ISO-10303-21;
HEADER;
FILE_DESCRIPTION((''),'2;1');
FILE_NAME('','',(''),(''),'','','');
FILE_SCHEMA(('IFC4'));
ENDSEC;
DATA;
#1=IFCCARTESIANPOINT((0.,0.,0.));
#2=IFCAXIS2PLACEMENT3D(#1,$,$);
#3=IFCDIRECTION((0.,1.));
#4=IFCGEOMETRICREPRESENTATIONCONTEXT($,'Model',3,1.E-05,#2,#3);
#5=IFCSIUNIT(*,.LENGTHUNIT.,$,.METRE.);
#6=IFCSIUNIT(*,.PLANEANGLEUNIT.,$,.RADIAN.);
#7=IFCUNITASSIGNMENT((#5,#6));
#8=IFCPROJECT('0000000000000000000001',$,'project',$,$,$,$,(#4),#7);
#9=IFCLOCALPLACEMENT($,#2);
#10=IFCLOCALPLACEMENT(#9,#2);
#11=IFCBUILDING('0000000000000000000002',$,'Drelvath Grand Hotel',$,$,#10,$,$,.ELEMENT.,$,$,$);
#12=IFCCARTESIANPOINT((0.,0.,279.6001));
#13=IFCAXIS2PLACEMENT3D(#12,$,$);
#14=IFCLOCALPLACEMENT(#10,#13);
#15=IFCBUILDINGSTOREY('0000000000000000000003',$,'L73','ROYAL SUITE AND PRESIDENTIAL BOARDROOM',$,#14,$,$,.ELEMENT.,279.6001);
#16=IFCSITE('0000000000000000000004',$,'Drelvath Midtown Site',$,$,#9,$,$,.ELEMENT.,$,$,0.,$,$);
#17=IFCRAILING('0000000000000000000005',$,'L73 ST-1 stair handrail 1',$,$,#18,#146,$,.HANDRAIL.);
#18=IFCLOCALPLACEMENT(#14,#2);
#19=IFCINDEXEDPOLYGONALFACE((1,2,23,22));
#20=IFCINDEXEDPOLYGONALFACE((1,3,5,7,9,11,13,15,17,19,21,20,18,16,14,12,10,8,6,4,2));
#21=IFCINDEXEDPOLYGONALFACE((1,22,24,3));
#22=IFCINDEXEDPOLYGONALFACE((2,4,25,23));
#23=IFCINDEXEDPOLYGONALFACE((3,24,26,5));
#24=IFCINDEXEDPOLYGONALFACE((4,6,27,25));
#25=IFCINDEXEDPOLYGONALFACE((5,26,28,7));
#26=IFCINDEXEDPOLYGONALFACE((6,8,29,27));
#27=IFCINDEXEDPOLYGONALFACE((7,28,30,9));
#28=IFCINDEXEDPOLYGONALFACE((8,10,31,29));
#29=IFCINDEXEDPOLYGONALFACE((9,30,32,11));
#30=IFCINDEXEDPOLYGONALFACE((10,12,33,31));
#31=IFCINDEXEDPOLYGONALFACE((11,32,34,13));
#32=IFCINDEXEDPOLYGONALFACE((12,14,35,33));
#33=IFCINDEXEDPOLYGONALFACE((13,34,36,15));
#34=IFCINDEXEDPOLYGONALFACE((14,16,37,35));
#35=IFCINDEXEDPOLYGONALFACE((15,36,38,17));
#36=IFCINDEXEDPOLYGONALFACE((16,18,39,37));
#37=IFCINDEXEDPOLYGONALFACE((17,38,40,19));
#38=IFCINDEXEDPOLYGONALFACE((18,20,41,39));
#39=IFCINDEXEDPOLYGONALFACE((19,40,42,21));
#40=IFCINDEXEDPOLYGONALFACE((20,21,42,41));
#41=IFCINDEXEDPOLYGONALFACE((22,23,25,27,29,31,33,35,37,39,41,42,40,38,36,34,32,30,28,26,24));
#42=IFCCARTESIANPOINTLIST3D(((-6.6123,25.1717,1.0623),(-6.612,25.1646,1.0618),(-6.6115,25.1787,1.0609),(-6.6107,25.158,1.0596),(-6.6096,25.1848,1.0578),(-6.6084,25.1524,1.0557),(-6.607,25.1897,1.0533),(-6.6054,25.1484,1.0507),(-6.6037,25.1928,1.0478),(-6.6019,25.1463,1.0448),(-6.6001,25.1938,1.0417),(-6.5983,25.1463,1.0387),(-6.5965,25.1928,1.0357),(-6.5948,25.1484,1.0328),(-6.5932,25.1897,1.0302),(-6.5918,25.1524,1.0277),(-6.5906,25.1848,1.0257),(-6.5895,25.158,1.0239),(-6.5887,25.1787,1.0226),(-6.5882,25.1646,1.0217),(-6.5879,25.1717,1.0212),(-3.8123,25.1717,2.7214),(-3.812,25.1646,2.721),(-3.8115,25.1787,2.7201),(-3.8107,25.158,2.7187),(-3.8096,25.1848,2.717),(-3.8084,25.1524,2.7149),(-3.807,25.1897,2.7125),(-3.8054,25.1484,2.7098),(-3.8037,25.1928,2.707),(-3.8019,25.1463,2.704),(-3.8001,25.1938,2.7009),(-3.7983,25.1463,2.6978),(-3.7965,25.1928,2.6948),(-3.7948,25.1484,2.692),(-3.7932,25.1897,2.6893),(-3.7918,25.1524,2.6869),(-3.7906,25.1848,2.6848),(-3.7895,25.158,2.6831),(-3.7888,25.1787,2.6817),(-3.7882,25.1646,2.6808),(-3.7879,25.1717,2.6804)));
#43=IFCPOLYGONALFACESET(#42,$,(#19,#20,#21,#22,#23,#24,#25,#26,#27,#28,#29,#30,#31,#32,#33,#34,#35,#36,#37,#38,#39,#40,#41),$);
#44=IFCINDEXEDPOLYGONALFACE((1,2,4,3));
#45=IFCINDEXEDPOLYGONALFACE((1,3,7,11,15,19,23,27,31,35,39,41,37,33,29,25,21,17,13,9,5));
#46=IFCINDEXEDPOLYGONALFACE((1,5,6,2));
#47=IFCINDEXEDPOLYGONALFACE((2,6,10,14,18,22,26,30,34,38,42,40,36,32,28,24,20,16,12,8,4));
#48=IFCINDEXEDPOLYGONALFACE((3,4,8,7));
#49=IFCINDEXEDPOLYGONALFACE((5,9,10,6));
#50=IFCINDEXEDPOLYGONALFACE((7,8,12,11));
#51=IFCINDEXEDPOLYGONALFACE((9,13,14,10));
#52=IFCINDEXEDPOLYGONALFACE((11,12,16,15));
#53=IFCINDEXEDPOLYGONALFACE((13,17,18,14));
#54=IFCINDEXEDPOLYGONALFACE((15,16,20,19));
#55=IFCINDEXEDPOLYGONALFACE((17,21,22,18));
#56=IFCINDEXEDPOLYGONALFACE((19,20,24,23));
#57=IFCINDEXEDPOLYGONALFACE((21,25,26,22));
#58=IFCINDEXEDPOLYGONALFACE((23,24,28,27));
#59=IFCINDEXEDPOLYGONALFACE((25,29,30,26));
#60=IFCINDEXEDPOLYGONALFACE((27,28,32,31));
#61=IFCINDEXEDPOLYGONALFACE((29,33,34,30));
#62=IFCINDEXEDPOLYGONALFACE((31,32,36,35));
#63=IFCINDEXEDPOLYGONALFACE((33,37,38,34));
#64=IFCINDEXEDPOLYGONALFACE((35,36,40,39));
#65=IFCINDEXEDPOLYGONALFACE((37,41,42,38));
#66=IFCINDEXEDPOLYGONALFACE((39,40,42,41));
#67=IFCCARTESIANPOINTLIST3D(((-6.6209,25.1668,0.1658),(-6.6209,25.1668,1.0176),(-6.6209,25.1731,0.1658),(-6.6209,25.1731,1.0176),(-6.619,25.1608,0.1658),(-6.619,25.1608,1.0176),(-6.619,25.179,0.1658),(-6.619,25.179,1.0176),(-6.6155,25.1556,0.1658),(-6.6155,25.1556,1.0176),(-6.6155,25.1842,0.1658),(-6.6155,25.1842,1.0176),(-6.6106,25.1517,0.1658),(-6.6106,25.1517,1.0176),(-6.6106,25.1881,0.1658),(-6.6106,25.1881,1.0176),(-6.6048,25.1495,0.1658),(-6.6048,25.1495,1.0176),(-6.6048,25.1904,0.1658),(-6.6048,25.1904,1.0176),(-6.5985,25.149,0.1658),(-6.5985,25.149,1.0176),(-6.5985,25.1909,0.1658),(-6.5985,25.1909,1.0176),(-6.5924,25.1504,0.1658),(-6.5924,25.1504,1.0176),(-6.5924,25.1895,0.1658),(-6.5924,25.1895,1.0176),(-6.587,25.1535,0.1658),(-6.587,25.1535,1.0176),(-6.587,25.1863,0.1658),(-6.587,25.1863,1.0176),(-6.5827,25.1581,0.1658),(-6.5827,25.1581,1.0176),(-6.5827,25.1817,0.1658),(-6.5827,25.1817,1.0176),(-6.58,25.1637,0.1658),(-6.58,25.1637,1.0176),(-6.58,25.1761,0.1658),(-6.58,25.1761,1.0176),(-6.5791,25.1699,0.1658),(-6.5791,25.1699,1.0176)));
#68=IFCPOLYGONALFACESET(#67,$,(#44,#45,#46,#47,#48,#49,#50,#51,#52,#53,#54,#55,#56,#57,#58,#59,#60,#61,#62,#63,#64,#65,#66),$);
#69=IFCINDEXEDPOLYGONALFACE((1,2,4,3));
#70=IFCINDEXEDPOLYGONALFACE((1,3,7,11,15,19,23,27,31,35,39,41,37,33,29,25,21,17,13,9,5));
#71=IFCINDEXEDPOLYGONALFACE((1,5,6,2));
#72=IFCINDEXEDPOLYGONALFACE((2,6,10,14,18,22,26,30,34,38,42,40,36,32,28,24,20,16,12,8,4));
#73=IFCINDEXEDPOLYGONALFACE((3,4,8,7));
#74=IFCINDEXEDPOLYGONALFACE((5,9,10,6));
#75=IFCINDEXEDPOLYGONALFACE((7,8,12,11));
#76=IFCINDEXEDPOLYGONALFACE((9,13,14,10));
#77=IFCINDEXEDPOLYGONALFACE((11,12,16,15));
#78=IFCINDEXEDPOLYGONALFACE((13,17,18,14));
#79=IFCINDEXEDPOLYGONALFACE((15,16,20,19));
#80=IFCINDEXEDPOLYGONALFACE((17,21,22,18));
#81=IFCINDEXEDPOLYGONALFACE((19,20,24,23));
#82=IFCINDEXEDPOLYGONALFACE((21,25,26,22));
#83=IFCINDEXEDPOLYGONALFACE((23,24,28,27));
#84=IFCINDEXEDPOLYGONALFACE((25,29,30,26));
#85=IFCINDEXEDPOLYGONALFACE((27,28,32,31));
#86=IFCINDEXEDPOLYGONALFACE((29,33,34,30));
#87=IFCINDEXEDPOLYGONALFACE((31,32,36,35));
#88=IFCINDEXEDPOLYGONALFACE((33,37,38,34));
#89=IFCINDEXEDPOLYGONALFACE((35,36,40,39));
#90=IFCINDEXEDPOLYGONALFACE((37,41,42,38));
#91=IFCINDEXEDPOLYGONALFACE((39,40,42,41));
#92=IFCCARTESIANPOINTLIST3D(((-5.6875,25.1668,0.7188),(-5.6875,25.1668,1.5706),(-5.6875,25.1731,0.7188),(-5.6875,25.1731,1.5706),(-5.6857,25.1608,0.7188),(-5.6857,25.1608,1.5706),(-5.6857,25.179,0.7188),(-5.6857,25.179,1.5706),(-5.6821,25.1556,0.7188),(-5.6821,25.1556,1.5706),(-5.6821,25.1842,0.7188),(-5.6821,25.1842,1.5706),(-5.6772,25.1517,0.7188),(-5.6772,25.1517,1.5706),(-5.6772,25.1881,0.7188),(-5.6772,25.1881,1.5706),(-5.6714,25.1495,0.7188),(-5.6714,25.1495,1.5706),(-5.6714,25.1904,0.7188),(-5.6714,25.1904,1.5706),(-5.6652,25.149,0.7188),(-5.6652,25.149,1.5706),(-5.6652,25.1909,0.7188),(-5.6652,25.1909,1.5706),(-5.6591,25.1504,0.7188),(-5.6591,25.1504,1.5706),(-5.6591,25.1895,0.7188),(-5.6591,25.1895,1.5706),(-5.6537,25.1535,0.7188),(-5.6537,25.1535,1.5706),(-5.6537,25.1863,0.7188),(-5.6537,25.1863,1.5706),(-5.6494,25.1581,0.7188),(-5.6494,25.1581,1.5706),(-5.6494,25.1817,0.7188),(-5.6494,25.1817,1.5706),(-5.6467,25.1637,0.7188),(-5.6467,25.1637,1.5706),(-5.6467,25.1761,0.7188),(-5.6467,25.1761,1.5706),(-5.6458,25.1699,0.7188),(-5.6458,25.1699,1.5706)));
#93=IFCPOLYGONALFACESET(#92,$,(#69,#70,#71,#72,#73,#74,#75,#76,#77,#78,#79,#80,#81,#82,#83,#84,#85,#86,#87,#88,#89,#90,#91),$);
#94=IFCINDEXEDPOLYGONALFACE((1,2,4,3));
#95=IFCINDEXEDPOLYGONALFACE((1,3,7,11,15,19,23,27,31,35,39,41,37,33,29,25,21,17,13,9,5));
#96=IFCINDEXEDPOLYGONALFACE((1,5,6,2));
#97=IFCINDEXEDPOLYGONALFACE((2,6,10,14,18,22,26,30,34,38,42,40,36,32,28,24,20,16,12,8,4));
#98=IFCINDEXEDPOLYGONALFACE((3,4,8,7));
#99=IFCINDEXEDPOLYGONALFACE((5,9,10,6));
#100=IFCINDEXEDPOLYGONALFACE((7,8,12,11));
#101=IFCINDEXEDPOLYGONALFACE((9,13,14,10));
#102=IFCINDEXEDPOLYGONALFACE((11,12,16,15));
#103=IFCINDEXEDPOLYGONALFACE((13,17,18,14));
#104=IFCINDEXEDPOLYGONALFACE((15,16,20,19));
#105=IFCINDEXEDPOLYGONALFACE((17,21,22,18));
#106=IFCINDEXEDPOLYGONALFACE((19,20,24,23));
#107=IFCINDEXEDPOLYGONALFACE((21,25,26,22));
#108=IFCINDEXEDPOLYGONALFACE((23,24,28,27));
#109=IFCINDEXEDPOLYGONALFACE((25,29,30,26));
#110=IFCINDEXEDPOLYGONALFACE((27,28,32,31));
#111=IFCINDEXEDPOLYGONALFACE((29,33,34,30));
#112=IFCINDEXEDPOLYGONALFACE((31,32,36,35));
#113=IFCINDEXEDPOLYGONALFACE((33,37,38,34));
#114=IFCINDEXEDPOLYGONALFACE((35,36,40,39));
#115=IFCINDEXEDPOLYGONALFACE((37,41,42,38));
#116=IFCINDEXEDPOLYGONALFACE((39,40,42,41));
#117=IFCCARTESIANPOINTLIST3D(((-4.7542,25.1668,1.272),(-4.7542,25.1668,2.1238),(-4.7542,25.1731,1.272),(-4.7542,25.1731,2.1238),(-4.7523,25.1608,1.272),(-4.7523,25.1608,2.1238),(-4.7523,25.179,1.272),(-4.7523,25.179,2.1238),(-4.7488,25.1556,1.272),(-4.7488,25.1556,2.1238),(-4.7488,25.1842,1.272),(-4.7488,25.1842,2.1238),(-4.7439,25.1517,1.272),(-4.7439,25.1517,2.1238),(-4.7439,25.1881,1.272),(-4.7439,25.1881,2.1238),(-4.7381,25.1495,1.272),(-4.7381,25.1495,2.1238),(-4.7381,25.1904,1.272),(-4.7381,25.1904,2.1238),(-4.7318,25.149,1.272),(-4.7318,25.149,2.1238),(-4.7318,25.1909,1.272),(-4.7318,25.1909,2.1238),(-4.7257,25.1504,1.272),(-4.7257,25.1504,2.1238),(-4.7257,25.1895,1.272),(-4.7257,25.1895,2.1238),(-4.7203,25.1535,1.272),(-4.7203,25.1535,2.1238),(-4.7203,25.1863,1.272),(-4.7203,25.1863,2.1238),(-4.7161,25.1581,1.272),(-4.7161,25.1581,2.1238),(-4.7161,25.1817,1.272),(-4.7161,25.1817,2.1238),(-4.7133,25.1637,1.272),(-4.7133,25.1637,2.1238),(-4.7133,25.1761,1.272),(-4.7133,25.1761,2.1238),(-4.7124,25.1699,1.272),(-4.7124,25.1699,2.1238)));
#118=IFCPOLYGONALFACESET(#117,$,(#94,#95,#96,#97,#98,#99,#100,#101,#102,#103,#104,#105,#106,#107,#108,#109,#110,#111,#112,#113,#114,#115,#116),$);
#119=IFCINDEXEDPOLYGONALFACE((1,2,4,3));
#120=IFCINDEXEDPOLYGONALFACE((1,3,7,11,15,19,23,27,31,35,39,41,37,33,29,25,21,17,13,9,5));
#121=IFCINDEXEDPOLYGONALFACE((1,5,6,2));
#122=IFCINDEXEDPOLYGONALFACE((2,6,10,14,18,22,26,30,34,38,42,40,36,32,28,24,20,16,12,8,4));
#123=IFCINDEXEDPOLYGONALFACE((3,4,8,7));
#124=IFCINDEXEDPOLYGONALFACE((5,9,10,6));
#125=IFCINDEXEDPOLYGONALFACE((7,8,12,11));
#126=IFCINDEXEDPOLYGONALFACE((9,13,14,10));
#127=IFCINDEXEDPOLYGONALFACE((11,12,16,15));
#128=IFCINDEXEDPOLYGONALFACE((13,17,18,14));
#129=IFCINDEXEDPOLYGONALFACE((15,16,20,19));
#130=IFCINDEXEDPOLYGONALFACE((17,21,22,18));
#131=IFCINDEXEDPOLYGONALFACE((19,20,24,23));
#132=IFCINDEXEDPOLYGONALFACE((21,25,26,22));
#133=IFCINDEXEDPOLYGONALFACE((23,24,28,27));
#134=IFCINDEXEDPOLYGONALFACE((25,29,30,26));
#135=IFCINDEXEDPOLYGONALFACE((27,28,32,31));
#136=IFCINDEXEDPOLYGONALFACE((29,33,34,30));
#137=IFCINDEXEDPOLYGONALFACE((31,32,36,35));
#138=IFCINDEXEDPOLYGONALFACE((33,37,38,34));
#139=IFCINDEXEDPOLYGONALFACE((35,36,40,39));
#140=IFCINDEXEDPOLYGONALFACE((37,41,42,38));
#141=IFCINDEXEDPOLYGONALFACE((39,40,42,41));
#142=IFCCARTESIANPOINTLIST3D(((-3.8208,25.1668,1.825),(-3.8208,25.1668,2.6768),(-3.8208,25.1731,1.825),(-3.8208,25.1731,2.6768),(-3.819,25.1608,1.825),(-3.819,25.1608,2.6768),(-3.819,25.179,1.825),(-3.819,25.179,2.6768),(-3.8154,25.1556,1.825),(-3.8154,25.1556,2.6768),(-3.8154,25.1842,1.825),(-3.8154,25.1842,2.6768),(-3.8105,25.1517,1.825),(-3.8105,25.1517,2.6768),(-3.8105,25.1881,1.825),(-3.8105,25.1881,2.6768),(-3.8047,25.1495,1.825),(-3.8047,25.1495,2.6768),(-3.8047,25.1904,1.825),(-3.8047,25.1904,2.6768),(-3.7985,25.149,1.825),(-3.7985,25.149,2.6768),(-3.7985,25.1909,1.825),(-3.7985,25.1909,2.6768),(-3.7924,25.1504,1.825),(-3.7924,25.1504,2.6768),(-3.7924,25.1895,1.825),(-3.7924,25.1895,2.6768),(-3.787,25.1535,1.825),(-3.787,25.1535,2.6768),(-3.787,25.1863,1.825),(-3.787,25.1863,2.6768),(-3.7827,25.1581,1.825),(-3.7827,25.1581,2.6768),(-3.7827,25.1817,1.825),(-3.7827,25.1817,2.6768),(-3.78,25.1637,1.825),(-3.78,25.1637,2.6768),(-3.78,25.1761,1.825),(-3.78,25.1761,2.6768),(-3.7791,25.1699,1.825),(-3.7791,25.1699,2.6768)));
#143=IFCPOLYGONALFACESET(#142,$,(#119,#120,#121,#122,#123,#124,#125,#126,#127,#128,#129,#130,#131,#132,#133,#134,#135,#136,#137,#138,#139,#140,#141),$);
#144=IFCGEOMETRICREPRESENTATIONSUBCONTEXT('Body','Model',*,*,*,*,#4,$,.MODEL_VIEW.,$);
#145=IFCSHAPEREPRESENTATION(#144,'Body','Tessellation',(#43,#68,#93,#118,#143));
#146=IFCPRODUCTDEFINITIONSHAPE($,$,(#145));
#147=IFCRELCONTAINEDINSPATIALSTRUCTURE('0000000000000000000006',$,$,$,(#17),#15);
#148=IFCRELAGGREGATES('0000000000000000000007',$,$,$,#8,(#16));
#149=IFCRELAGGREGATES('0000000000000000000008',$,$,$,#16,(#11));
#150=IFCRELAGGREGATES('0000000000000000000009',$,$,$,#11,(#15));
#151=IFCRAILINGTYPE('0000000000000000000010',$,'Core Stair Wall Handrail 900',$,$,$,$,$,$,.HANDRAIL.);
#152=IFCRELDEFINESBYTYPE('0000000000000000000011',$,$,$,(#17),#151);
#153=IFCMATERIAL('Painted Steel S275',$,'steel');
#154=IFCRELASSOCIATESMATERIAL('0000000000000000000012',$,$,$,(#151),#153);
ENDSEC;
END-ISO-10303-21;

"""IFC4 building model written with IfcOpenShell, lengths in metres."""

from ifc_helpers import new_model, si_unit, direction, frame, origin, origin_2d, place, context, subcontext, project, spatial, circle, extrude, material, type_object, element, save


model = new_model("IFC4")

# Units and contexts
model_context = context("Model", 3, precision=1e-05, world=origin(), true_north=direction((0.0, 1.0)))
body_context = subcontext(model_context, "Body", "Model", "MODEL_VIEW")
ifc_project = project(units=[si_unit("LENGTHUNIT", "METRE"), si_unit("PLANEANGLEUNIT", "RADIAN")], contexts=[model_context])

# Site, building, storey
site_placement = place(None, origin())
site = spatial("IfcSite", under=ifc_project, at=site_placement, Name="Drelvath Midtown Site", CompositionType="ELEMENT", RefElevation=0.0)
building_placement = place(site_placement, origin())
building = spatial("IfcBuilding", under=site, at=building_placement, Name="Drelvath Grand Hotel", CompositionType="ELEMENT")
storey_placement = place(building_placement, frame((0.0, 0.0, 279.6001)))
storey = spatial("IfcBuildingStorey", under=building, at=storey_placement, Name="L73", Description="ROYAL SUITE AND PRESIDENTIAL BOARDROOM", CompositionType="ELEMENT", Elevation=279.6001)

# Shared definitions
ifc_material_1 = material(Name="Painted Steel S275", Category="steel")

# Railing
railing_type_1 = type_object("IfcRailingType", Name="Core Stair Wall Handrail 900", PredefinedType="HANDRAIL", material=ifc_material_1)
railing_1_placement = place(storey_placement, frame((-6.6001, 25.1699, 0.1658)))
element("IfcRailing", 1, at=railing_1_placement, inside=storey, type_object=railing_type_1, Name="L73 ST-1 stair handrail 1", PredefinedType="HANDRAIL", context=body_context, shape_type="SweptSolid", body=[
    extrude(circle(Radius=0.0239, at=origin_2d()), frame((0.0, 0.0, 0.876), z_axis=(0.860306, 0.0, 0.509778), x_axis=(0.0, 1.0, 0.0)), (0.0, 0.0, 1.0), 3.2546),
    extrude(circle(Radius=0.021, at=origin_2d()), origin(), (0.0, 0.0, 1.0), 0.8518),
    extrude(circle(Radius=0.021, at=origin_2d()), frame((0.9333, 0.0, 0.553)), (0.0, 0.0, 1.0), 0.8518),
    extrude(circle(Radius=0.021, at=origin_2d()), frame((1.8667, 0.0, 1.1062)), (0.0, 0.0, 1.0), 0.8518),
    extrude(circle(Radius=0.021, at=origin_2d()), frame((2.8, 0.0, 1.6592)), (0.0, 0.0, 1.0), 0.8518),
])

save(model, "model.ifc")
